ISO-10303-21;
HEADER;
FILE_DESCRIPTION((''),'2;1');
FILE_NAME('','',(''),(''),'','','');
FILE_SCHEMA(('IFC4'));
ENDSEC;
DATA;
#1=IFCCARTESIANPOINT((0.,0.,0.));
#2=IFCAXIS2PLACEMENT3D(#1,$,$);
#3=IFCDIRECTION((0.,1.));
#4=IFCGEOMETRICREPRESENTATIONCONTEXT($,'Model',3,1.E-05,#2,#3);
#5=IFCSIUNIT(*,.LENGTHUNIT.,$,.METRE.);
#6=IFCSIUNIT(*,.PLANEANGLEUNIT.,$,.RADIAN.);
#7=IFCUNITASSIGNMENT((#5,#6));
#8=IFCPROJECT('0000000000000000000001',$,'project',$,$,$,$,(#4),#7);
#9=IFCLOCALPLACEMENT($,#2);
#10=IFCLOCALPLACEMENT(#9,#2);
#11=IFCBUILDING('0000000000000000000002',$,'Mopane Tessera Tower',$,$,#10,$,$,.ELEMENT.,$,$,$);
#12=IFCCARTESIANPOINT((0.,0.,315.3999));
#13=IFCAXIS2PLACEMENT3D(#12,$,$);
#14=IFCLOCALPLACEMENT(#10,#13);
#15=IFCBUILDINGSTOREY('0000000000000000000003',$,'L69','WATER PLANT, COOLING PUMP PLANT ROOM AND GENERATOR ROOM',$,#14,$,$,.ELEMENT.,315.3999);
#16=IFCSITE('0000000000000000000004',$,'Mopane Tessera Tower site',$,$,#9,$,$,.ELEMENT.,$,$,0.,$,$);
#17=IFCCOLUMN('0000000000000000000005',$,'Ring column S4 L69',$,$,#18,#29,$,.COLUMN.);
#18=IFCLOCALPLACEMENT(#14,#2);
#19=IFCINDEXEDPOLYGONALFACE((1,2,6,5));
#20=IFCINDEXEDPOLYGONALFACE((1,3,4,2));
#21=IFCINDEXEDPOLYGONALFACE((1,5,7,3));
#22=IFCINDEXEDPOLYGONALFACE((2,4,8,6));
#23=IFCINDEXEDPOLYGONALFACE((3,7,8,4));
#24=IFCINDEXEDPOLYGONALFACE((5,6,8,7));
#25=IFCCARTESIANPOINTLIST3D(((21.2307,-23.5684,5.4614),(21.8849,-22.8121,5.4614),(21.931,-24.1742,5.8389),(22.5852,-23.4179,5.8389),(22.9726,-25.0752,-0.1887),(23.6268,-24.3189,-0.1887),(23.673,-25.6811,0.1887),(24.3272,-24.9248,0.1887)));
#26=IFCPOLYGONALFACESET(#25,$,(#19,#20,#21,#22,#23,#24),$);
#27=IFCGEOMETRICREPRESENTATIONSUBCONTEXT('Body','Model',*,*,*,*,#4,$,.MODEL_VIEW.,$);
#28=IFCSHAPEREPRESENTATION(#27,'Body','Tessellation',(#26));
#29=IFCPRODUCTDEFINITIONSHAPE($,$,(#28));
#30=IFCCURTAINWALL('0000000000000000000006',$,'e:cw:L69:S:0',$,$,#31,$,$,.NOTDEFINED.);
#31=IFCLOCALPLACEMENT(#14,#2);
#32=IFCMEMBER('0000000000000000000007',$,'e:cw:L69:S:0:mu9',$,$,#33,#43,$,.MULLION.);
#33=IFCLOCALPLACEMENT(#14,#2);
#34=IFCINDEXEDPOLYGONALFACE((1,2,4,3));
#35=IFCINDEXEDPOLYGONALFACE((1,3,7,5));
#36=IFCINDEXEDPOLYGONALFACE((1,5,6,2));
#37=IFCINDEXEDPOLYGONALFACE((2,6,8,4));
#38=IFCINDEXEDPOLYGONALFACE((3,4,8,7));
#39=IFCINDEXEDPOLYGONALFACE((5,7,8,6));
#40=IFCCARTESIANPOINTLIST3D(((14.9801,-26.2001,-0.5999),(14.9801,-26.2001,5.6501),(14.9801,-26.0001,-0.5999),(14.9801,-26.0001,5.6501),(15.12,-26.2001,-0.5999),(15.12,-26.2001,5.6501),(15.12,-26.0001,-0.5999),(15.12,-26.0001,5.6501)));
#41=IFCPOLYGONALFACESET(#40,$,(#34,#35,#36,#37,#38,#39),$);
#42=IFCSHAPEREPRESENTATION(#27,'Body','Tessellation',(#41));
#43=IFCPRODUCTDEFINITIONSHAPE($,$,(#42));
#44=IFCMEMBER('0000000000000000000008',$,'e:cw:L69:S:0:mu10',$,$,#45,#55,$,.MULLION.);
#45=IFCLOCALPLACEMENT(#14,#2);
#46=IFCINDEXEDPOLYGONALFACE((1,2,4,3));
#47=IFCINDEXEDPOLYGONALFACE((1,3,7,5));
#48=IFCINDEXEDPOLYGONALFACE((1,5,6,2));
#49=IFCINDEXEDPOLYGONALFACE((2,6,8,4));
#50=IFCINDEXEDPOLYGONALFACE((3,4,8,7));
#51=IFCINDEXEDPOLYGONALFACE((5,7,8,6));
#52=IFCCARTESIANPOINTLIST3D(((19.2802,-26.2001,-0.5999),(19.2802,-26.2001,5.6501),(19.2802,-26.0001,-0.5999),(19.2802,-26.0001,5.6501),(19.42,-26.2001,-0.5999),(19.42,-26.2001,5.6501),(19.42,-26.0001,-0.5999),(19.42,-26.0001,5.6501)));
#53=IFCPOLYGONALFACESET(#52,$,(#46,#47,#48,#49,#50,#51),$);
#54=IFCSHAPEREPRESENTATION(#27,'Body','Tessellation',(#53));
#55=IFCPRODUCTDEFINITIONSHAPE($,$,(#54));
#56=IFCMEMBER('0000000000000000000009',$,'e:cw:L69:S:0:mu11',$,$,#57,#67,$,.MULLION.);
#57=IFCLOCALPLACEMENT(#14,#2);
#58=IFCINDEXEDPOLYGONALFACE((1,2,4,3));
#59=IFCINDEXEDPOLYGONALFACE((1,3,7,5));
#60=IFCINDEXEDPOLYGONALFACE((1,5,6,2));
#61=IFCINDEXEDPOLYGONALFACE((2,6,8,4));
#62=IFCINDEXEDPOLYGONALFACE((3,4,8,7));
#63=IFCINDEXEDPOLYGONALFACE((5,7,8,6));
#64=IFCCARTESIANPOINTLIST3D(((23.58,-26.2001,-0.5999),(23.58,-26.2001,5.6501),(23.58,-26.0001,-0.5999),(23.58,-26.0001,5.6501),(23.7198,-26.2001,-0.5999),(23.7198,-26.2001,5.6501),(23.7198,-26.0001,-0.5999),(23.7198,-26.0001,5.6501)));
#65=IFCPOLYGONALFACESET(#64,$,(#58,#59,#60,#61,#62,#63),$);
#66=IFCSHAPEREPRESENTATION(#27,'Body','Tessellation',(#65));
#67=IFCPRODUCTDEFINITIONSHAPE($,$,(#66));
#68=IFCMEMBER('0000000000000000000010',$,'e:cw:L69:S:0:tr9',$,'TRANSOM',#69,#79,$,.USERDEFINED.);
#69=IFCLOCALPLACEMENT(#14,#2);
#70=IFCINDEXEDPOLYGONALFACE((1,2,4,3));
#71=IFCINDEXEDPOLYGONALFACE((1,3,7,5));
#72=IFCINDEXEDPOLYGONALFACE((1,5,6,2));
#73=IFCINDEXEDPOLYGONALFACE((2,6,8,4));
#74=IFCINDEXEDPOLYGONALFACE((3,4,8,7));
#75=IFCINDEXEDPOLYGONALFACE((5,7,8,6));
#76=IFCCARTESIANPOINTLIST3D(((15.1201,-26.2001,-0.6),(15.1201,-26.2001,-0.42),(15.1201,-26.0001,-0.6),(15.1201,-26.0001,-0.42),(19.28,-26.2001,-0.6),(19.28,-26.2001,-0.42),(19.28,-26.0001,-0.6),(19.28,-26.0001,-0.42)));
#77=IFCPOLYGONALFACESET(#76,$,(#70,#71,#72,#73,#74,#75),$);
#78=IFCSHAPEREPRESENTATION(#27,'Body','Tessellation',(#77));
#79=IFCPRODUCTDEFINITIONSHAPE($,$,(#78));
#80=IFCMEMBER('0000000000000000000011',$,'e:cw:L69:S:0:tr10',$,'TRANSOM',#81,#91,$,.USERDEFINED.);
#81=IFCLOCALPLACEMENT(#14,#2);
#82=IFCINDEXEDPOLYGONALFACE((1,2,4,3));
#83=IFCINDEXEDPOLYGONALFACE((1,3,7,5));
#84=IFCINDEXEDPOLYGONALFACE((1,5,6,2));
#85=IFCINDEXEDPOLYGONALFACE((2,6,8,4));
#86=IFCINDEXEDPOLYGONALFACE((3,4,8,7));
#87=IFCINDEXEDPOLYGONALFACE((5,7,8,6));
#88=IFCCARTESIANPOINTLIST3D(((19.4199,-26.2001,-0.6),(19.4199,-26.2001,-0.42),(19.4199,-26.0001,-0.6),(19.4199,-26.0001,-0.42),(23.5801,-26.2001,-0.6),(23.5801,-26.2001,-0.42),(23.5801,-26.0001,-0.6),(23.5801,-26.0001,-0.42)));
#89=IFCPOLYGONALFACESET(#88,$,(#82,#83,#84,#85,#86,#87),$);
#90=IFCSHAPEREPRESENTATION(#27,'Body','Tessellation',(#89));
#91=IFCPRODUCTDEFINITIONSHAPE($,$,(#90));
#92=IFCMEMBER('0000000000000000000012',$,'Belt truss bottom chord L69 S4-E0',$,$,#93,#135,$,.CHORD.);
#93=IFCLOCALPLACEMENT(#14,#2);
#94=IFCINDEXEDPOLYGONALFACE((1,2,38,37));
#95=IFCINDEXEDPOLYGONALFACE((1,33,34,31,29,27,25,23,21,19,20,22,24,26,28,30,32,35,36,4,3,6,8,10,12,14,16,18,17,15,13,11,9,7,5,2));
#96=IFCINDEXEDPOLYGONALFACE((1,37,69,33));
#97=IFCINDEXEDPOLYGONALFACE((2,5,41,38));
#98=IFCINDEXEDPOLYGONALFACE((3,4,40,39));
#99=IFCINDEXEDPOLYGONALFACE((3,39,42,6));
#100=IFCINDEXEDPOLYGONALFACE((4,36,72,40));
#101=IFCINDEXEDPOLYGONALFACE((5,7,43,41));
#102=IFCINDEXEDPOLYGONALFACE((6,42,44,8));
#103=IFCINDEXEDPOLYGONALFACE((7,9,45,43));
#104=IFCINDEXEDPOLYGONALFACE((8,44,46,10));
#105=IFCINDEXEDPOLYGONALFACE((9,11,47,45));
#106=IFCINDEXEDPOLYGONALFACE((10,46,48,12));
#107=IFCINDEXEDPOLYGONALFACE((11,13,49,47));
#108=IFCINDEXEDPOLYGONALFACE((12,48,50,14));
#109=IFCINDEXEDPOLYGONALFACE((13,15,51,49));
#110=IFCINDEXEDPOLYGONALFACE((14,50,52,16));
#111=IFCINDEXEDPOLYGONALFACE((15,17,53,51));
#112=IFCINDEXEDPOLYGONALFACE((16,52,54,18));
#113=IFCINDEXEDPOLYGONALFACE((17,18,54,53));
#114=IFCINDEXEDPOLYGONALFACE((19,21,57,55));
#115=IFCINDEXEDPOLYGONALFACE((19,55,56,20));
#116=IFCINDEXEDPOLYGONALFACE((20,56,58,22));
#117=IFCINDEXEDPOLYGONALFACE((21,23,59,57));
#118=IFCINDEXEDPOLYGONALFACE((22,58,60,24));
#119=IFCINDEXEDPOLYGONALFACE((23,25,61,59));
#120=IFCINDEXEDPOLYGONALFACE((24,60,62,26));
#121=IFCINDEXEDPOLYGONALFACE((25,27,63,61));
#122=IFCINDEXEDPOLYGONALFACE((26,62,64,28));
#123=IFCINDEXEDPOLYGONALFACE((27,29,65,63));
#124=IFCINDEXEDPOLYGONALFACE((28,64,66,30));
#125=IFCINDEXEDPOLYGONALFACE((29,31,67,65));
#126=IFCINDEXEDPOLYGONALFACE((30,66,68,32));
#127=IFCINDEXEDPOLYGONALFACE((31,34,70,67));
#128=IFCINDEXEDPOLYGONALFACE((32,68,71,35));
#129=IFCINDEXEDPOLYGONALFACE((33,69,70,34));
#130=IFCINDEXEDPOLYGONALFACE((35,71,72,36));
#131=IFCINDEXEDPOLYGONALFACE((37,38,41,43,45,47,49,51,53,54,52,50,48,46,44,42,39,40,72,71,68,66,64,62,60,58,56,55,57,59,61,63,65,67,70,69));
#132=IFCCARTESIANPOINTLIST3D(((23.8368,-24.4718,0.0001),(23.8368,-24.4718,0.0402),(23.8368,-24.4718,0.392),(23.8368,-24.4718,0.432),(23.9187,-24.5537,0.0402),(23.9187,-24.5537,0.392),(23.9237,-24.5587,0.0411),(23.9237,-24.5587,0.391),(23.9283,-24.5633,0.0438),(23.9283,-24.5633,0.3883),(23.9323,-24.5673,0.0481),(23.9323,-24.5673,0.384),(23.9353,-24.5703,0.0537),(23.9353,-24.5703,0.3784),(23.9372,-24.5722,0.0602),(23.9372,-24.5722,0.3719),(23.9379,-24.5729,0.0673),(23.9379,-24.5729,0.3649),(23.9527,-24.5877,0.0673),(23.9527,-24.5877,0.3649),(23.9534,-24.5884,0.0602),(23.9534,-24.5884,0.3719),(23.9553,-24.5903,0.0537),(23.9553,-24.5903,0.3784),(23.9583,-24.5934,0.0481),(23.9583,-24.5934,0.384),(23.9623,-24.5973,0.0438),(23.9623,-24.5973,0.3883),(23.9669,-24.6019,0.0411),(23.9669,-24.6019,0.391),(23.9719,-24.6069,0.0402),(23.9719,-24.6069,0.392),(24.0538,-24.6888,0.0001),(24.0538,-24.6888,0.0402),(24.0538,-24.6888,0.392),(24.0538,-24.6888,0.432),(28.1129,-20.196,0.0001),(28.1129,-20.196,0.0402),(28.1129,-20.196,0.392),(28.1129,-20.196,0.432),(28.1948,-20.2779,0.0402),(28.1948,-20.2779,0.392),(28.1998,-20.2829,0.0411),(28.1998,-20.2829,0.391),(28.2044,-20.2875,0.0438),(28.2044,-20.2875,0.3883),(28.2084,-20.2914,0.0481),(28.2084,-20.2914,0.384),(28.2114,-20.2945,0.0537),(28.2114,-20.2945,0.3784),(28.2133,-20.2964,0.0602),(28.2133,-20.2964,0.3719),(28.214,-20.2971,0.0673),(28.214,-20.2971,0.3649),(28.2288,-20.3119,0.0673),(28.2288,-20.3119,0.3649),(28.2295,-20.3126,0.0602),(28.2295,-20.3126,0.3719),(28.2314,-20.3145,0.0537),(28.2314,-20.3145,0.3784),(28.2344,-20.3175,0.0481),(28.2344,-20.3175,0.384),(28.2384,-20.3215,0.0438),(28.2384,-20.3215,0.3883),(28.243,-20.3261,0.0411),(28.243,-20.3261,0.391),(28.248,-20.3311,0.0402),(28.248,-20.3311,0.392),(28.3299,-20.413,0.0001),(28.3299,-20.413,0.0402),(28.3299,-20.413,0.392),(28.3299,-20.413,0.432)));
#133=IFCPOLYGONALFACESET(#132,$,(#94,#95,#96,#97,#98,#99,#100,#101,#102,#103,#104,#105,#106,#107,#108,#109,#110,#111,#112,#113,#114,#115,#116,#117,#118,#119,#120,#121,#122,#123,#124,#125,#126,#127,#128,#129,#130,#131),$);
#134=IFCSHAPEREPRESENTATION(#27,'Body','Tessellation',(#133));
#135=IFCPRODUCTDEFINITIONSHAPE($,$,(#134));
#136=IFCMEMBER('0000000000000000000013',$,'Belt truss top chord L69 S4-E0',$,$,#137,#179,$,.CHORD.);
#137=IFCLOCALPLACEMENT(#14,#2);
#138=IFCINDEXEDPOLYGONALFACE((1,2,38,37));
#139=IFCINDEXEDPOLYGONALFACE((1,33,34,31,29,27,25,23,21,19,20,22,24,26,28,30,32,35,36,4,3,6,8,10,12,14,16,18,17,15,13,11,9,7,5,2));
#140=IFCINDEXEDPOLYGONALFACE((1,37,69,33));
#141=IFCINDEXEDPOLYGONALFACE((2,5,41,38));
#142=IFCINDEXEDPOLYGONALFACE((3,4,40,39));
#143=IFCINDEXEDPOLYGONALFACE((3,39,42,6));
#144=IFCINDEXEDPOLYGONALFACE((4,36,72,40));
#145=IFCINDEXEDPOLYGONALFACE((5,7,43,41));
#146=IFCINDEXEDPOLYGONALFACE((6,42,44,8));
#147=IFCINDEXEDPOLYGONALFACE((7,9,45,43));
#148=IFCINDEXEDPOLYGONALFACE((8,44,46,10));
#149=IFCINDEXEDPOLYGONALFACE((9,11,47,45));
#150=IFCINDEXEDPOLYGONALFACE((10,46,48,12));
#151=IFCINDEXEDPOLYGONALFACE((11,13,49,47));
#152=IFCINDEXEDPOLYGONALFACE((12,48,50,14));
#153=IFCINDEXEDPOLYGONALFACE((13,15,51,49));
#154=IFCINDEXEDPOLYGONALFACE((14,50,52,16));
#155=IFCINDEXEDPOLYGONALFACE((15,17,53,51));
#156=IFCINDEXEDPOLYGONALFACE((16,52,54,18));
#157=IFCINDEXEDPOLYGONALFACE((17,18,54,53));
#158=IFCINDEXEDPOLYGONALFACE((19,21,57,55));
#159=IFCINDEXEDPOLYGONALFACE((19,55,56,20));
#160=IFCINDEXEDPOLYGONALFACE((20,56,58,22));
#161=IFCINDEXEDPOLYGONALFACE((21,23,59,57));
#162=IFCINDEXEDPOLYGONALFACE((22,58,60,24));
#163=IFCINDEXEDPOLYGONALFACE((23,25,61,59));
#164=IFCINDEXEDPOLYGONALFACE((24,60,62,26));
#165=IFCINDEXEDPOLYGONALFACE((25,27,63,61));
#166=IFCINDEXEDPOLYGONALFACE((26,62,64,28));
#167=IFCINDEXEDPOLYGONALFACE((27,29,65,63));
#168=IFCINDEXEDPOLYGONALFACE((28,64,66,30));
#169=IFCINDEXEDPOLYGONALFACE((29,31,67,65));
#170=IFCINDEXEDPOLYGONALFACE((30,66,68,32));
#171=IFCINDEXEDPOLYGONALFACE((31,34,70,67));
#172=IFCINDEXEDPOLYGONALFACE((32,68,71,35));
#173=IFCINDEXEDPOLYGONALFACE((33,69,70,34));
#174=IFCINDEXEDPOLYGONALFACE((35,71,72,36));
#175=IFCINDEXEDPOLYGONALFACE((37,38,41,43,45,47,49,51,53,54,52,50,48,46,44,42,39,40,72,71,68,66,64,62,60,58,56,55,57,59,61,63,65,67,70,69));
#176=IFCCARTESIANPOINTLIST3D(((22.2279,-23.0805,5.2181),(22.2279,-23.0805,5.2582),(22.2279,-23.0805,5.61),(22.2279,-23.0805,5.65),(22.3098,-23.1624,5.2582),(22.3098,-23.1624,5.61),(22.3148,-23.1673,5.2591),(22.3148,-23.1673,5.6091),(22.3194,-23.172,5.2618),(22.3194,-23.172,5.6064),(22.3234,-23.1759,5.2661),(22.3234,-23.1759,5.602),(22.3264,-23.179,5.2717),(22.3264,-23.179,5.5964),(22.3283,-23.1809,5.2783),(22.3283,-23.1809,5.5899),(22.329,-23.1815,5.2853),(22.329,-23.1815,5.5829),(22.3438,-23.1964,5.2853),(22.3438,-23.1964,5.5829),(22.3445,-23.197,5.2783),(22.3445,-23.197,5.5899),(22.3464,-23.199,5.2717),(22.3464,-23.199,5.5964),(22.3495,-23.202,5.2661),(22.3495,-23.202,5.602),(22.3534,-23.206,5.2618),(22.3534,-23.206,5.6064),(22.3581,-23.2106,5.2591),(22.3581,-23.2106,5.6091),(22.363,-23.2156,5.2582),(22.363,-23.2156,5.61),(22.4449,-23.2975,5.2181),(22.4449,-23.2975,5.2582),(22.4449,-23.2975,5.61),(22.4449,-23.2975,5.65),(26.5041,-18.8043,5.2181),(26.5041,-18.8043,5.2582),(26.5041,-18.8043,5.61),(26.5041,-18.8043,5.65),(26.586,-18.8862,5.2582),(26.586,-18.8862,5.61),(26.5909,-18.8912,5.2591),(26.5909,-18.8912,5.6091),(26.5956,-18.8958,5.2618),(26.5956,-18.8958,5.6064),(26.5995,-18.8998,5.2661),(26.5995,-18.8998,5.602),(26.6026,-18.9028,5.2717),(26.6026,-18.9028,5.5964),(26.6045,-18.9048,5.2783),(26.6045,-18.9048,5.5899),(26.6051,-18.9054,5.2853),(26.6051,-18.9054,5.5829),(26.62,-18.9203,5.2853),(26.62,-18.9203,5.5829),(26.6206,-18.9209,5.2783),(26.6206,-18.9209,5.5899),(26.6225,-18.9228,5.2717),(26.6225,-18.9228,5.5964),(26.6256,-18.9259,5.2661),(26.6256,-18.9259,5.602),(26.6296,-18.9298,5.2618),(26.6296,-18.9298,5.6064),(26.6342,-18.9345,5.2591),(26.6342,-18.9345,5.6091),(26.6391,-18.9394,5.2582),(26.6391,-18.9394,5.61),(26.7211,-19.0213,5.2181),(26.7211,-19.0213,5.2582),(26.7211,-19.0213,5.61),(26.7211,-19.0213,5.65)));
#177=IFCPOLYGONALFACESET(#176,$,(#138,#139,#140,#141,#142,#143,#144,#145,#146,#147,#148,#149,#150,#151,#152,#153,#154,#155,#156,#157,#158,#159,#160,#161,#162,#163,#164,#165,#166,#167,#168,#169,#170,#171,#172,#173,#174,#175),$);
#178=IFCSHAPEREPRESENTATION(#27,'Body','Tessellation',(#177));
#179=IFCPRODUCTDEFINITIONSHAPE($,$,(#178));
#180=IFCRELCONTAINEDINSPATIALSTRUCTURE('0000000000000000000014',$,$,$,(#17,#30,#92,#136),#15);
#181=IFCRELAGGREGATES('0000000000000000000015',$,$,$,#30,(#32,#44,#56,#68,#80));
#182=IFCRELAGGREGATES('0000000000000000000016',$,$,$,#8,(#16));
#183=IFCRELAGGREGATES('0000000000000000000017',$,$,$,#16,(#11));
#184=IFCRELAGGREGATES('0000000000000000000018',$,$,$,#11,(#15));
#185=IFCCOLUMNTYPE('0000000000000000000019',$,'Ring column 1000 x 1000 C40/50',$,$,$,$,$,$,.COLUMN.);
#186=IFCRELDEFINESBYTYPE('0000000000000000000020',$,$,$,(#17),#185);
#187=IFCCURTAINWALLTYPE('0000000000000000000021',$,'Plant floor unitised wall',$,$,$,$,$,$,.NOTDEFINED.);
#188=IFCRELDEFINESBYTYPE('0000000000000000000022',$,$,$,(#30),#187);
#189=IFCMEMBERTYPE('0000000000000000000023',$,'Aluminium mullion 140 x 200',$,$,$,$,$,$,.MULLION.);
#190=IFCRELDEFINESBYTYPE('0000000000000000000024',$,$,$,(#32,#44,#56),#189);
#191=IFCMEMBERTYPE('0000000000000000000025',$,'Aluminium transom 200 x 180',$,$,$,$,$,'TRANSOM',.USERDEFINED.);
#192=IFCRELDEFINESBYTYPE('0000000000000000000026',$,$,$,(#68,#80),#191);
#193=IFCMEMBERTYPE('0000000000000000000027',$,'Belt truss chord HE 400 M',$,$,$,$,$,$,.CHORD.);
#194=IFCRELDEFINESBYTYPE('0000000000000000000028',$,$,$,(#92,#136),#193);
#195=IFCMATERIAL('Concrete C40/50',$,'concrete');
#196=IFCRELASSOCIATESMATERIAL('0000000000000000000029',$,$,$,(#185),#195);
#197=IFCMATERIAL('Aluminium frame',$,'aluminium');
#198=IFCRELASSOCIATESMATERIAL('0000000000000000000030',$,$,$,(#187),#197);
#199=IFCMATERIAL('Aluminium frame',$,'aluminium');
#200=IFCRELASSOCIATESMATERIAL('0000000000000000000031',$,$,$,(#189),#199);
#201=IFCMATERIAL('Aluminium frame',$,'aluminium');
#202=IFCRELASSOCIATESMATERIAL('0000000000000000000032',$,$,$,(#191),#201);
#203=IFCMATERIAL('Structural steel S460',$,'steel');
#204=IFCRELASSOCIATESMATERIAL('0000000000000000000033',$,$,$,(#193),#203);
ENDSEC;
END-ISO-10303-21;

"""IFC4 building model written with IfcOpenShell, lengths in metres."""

from ifc_helpers import new_model, si_unit, direction, frame, origin, origin_2d, place, context, subcontext, project, spatial, rectangle, i_section, extrude, material, material_profile, profile_set, type_object, element, aggregate, save


model = new_model("IFC4")

# Units and contexts
model_context = context("Model", 3, precision=1e-05, world=origin(), true_north=direction((0.0, 1.0)))
body_context = subcontext(model_context, "Body", "Model", "MODEL_VIEW")
ifc_project = project(units=[si_unit("LENGTHUNIT", "METRE"), si_unit("PLANEANGLEUNIT", "RADIAN")], contexts=[model_context])

# Site, building, storey
site_placement = place(None, origin())
site = spatial("IfcSite", under=ifc_project, at=site_placement, Name="Mopane Tessera Tower site", CompositionType="ELEMENT", RefElevation=0.0)
building_placement = place(site_placement, origin())
building = spatial("IfcBuilding", under=site, at=building_placement, Name="Mopane Tessera Tower", CompositionType="ELEMENT")
storey_placement = place(building_placement, frame((0.0, 0.0, 315.3999)))
storey = spatial("IfcBuildingStorey", under=building, at=storey_placement, Name="L69", Description="WATER PLANT, COOLING PUMP PLANT ROOM AND GENERATOR ROOM", CompositionType="ELEMENT", Elevation=315.3999)

# Column
ifc_material_1 = material(Name="Concrete C40/50", Category="concrete")
ifc_material_profile_1 = material_profile(ifc_material_1, rectangle(XDim=1.0, YDim=1.0, at=origin_2d()))
ifc_profile_set_1 = profile_set([ifc_material_profile_1], Name="Concrete C40/50")
column_type = type_object("IfcColumnType", Name="Ring column 1000 x 1000 C40/50", PredefinedType="COLUMN", material=ifc_profile_set_1)
column_placement = place(storey_placement, frame((23.6499, -25.0, 0.0), z_axis=(-0.285491, 0.246959, 0.926016), x_axis=(-0.654224, -0.756301, 0.0)))
element("IfcColumn", 1, at=column_placement, inside=storey, type_object=column_type, Name="Ring column S4 L69", PredefinedType="COLUMN", context=body_context, shape_type="SweptSolid", body=[
    extrude(rectangle(XDim=1.0, YDim=1.0, at=origin_2d()), origin(), (0.0, 0.0, 1.0), 6.1016),
])

# Curtain wall, members
ifc_material_2 = material(Name="Aluminium frame", Category="aluminium")
curtain_wall_type = type_object("IfcCurtainWallType", Name="Plant floor unitised wall", PredefinedType="NOTDEFINED", material=ifc_material_2)
curtain_wall_placement = place(storey_placement, origin())
curtain_wall = element("IfcCurtainWall", 2, at=curtain_wall_placement, inside=storey, type_object=curtain_wall_type, Name="e:cw:L69:S:0", PredefinedType="NOTDEFINED")
ifc_material_3 = material(Name="Aluminium frame", Category="aluminium")
ifc_material_profile_2 = material_profile(ifc_material_3, rectangle(XDim=0.1399, YDim=0.2, at=origin_2d()))
ifc_profile_set_2 = profile_set([ifc_material_profile_2], Name="Aluminium frame")
member_type_1 = type_object("IfcMemberType", Name="Aluminium mullion 140 x 200", PredefinedType="MULLION", material=ifc_profile_set_2)
member_1_placement = place(storey_placement, frame((15.05, -26.1001, -0.5999), z_axis=(0.0, 0.0, 1.0), x_axis=(1.0, 0.0, 0.0)))
member_1 = element("IfcMember", 3, at=member_1_placement, type_object=member_type_1, Name="e:cw:L69:S:0:mu9", PredefinedType="MULLION", context=body_context, shape_type="SweptSolid", body=[
    extrude(rectangle(XDim=0.1399, YDim=0.2, at=origin_2d()), origin(), (0.0, 0.0, 1.0), 6.25),
])
member_2_placement = place(storey_placement, frame((19.3501, -26.1001, -0.5999), z_axis=(0.0, 0.0, 1.0), x_axis=(1.0, 0.0, 0.0)))
member_2 = element("IfcMember", 4, at=member_2_placement, type_object=member_type_1, Name="e:cw:L69:S:0:mu10", PredefinedType="MULLION", context=body_context, shape_type="SweptSolid", body=[
    extrude(rectangle(XDim=0.1399, YDim=0.2, at=origin_2d()), origin(), (0.0, 0.0, 1.0), 6.25),
])
member_3_placement = place(storey_placement, frame((23.6499, -26.1001, -0.5999), z_axis=(0.0, 0.0, 1.0), x_axis=(1.0, 0.0, 0.0)))
member_3 = element("IfcMember", 5, at=member_3_placement, type_object=member_type_1, Name="e:cw:L69:S:0:mu11", PredefinedType="MULLION", context=body_context, shape_type="SweptSolid", body=[
    extrude(rectangle(XDim=0.1399, YDim=0.2, at=origin_2d()), origin(), (0.0, 0.0, 1.0), 6.25),
])
ifc_material_4 = material(Name="Aluminium frame", Category="aluminium")
ifc_material_profile_3 = material_profile(ifc_material_4, rectangle(XDim=0.2, YDim=0.1799, at=origin_2d()))
ifc_profile_set_3 = profile_set([ifc_material_profile_3], Name="Aluminium frame")
member_type_2 = type_object("IfcMemberType", Name="Aluminium transom 200 x 180", ElementType="TRANSOM", PredefinedType="USERDEFINED", material=ifc_profile_set_3)
member_4_placement = place(storey_placement, frame((15.1201, -26.1001, -0.51), z_axis=(1.0, 0.0, 0.0), x_axis=(0.0, 1.0, 0.0)))
member_4 = element("IfcMember", 6, at=member_4_placement, type_object=member_type_2, Name="e:cw:L69:S:0:tr9", ObjectType="TRANSOM", PredefinedType="USERDEFINED", context=body_context, shape_type="SweptSolid", body=[
    extrude(rectangle(XDim=0.2, YDim=0.1799, at=origin_2d()), origin(), (0.0, 0.0, 1.0), 4.1599),
])
member_5_placement = place(storey_placement, frame((19.4199, -26.1001, -0.51), z_axis=(1.0, 0.0, 0.0), x_axis=(0.0, 1.0, 0.0)))
member_5 = element("IfcMember", 7, at=member_5_placement, type_object=member_type_2, Name="e:cw:L69:S:0:tr10", ObjectType="TRANSOM", PredefinedType="USERDEFINED", context=body_context, shape_type="SweptSolid", body=[
    extrude(rectangle(XDim=0.2, YDim=0.1799, at=origin_2d()), origin(), (0.0, 0.0, 1.0), 4.1602),
])

# Members
ifc_material_5 = material(Name="Structural steel S460", Category="steel")
ifc_material_profile_4 = material_profile(ifc_material_5, i_section(OverallWidth=0.3069, OverallDepth=0.4319, WebThickness=0.021, FlangeThickness=0.04, FilletRadius=0.0271, at=origin_2d()))
ifc_profile_set_4 = profile_set([ifc_material_profile_4], Name="Structural steel S460")
member_type_3 = type_object("IfcMemberType", Name="Belt truss chord HE 400 M", PredefinedType="CHORD", material=ifc_profile_set_4)
member_6_placement = place(storey_placement, frame((23.9453, -24.5803, 0.2161), z_axis=(0.707127, 0.707087, 0.0), x_axis=(-0.707087, 0.707127, 0.0)))
element("IfcMember", 8, at=member_6_placement, inside=storey, type_object=member_type_3, Name="Belt truss bottom chord L69 S4-E0", PredefinedType="CHORD", context=body_context, shape_type="SweptSolid", body=[
    extrude(i_section(OverallWidth=0.3069, OverallDepth=0.4319, WebThickness=0.021, FlangeThickness=0.04, FilletRadius=0.0271, at=origin_2d()), origin(), (0.0, 0.0, 1.0), 6.0471),
])
member_7_placement = place(storey_placement, frame((22.3364, -23.189, 5.4341), z_axis=(0.707107, 0.707107, 0.0), x_axis=(-0.707107, 0.707107, 0.0)))
element("IfcMember", 9, at=member_7_placement, inside=storey, type_object=member_type_3, Name="Belt truss top chord L69 S4-E0", PredefinedType="CHORD", context=body_context, shape_type="SweptSolid", body=[
    extrude(i_section(OverallWidth=0.3069, OverallDepth=0.4319, WebThickness=0.021, FlangeThickness=0.04, FilletRadius=0.0271, at=origin_2d()), origin(), (0.0, 0.0, 1.0), 6.0474),
])

aggregate(curtain_wall, [member_1, member_2, member_3, member_4, member_5])

save(model, "model.ifc")
